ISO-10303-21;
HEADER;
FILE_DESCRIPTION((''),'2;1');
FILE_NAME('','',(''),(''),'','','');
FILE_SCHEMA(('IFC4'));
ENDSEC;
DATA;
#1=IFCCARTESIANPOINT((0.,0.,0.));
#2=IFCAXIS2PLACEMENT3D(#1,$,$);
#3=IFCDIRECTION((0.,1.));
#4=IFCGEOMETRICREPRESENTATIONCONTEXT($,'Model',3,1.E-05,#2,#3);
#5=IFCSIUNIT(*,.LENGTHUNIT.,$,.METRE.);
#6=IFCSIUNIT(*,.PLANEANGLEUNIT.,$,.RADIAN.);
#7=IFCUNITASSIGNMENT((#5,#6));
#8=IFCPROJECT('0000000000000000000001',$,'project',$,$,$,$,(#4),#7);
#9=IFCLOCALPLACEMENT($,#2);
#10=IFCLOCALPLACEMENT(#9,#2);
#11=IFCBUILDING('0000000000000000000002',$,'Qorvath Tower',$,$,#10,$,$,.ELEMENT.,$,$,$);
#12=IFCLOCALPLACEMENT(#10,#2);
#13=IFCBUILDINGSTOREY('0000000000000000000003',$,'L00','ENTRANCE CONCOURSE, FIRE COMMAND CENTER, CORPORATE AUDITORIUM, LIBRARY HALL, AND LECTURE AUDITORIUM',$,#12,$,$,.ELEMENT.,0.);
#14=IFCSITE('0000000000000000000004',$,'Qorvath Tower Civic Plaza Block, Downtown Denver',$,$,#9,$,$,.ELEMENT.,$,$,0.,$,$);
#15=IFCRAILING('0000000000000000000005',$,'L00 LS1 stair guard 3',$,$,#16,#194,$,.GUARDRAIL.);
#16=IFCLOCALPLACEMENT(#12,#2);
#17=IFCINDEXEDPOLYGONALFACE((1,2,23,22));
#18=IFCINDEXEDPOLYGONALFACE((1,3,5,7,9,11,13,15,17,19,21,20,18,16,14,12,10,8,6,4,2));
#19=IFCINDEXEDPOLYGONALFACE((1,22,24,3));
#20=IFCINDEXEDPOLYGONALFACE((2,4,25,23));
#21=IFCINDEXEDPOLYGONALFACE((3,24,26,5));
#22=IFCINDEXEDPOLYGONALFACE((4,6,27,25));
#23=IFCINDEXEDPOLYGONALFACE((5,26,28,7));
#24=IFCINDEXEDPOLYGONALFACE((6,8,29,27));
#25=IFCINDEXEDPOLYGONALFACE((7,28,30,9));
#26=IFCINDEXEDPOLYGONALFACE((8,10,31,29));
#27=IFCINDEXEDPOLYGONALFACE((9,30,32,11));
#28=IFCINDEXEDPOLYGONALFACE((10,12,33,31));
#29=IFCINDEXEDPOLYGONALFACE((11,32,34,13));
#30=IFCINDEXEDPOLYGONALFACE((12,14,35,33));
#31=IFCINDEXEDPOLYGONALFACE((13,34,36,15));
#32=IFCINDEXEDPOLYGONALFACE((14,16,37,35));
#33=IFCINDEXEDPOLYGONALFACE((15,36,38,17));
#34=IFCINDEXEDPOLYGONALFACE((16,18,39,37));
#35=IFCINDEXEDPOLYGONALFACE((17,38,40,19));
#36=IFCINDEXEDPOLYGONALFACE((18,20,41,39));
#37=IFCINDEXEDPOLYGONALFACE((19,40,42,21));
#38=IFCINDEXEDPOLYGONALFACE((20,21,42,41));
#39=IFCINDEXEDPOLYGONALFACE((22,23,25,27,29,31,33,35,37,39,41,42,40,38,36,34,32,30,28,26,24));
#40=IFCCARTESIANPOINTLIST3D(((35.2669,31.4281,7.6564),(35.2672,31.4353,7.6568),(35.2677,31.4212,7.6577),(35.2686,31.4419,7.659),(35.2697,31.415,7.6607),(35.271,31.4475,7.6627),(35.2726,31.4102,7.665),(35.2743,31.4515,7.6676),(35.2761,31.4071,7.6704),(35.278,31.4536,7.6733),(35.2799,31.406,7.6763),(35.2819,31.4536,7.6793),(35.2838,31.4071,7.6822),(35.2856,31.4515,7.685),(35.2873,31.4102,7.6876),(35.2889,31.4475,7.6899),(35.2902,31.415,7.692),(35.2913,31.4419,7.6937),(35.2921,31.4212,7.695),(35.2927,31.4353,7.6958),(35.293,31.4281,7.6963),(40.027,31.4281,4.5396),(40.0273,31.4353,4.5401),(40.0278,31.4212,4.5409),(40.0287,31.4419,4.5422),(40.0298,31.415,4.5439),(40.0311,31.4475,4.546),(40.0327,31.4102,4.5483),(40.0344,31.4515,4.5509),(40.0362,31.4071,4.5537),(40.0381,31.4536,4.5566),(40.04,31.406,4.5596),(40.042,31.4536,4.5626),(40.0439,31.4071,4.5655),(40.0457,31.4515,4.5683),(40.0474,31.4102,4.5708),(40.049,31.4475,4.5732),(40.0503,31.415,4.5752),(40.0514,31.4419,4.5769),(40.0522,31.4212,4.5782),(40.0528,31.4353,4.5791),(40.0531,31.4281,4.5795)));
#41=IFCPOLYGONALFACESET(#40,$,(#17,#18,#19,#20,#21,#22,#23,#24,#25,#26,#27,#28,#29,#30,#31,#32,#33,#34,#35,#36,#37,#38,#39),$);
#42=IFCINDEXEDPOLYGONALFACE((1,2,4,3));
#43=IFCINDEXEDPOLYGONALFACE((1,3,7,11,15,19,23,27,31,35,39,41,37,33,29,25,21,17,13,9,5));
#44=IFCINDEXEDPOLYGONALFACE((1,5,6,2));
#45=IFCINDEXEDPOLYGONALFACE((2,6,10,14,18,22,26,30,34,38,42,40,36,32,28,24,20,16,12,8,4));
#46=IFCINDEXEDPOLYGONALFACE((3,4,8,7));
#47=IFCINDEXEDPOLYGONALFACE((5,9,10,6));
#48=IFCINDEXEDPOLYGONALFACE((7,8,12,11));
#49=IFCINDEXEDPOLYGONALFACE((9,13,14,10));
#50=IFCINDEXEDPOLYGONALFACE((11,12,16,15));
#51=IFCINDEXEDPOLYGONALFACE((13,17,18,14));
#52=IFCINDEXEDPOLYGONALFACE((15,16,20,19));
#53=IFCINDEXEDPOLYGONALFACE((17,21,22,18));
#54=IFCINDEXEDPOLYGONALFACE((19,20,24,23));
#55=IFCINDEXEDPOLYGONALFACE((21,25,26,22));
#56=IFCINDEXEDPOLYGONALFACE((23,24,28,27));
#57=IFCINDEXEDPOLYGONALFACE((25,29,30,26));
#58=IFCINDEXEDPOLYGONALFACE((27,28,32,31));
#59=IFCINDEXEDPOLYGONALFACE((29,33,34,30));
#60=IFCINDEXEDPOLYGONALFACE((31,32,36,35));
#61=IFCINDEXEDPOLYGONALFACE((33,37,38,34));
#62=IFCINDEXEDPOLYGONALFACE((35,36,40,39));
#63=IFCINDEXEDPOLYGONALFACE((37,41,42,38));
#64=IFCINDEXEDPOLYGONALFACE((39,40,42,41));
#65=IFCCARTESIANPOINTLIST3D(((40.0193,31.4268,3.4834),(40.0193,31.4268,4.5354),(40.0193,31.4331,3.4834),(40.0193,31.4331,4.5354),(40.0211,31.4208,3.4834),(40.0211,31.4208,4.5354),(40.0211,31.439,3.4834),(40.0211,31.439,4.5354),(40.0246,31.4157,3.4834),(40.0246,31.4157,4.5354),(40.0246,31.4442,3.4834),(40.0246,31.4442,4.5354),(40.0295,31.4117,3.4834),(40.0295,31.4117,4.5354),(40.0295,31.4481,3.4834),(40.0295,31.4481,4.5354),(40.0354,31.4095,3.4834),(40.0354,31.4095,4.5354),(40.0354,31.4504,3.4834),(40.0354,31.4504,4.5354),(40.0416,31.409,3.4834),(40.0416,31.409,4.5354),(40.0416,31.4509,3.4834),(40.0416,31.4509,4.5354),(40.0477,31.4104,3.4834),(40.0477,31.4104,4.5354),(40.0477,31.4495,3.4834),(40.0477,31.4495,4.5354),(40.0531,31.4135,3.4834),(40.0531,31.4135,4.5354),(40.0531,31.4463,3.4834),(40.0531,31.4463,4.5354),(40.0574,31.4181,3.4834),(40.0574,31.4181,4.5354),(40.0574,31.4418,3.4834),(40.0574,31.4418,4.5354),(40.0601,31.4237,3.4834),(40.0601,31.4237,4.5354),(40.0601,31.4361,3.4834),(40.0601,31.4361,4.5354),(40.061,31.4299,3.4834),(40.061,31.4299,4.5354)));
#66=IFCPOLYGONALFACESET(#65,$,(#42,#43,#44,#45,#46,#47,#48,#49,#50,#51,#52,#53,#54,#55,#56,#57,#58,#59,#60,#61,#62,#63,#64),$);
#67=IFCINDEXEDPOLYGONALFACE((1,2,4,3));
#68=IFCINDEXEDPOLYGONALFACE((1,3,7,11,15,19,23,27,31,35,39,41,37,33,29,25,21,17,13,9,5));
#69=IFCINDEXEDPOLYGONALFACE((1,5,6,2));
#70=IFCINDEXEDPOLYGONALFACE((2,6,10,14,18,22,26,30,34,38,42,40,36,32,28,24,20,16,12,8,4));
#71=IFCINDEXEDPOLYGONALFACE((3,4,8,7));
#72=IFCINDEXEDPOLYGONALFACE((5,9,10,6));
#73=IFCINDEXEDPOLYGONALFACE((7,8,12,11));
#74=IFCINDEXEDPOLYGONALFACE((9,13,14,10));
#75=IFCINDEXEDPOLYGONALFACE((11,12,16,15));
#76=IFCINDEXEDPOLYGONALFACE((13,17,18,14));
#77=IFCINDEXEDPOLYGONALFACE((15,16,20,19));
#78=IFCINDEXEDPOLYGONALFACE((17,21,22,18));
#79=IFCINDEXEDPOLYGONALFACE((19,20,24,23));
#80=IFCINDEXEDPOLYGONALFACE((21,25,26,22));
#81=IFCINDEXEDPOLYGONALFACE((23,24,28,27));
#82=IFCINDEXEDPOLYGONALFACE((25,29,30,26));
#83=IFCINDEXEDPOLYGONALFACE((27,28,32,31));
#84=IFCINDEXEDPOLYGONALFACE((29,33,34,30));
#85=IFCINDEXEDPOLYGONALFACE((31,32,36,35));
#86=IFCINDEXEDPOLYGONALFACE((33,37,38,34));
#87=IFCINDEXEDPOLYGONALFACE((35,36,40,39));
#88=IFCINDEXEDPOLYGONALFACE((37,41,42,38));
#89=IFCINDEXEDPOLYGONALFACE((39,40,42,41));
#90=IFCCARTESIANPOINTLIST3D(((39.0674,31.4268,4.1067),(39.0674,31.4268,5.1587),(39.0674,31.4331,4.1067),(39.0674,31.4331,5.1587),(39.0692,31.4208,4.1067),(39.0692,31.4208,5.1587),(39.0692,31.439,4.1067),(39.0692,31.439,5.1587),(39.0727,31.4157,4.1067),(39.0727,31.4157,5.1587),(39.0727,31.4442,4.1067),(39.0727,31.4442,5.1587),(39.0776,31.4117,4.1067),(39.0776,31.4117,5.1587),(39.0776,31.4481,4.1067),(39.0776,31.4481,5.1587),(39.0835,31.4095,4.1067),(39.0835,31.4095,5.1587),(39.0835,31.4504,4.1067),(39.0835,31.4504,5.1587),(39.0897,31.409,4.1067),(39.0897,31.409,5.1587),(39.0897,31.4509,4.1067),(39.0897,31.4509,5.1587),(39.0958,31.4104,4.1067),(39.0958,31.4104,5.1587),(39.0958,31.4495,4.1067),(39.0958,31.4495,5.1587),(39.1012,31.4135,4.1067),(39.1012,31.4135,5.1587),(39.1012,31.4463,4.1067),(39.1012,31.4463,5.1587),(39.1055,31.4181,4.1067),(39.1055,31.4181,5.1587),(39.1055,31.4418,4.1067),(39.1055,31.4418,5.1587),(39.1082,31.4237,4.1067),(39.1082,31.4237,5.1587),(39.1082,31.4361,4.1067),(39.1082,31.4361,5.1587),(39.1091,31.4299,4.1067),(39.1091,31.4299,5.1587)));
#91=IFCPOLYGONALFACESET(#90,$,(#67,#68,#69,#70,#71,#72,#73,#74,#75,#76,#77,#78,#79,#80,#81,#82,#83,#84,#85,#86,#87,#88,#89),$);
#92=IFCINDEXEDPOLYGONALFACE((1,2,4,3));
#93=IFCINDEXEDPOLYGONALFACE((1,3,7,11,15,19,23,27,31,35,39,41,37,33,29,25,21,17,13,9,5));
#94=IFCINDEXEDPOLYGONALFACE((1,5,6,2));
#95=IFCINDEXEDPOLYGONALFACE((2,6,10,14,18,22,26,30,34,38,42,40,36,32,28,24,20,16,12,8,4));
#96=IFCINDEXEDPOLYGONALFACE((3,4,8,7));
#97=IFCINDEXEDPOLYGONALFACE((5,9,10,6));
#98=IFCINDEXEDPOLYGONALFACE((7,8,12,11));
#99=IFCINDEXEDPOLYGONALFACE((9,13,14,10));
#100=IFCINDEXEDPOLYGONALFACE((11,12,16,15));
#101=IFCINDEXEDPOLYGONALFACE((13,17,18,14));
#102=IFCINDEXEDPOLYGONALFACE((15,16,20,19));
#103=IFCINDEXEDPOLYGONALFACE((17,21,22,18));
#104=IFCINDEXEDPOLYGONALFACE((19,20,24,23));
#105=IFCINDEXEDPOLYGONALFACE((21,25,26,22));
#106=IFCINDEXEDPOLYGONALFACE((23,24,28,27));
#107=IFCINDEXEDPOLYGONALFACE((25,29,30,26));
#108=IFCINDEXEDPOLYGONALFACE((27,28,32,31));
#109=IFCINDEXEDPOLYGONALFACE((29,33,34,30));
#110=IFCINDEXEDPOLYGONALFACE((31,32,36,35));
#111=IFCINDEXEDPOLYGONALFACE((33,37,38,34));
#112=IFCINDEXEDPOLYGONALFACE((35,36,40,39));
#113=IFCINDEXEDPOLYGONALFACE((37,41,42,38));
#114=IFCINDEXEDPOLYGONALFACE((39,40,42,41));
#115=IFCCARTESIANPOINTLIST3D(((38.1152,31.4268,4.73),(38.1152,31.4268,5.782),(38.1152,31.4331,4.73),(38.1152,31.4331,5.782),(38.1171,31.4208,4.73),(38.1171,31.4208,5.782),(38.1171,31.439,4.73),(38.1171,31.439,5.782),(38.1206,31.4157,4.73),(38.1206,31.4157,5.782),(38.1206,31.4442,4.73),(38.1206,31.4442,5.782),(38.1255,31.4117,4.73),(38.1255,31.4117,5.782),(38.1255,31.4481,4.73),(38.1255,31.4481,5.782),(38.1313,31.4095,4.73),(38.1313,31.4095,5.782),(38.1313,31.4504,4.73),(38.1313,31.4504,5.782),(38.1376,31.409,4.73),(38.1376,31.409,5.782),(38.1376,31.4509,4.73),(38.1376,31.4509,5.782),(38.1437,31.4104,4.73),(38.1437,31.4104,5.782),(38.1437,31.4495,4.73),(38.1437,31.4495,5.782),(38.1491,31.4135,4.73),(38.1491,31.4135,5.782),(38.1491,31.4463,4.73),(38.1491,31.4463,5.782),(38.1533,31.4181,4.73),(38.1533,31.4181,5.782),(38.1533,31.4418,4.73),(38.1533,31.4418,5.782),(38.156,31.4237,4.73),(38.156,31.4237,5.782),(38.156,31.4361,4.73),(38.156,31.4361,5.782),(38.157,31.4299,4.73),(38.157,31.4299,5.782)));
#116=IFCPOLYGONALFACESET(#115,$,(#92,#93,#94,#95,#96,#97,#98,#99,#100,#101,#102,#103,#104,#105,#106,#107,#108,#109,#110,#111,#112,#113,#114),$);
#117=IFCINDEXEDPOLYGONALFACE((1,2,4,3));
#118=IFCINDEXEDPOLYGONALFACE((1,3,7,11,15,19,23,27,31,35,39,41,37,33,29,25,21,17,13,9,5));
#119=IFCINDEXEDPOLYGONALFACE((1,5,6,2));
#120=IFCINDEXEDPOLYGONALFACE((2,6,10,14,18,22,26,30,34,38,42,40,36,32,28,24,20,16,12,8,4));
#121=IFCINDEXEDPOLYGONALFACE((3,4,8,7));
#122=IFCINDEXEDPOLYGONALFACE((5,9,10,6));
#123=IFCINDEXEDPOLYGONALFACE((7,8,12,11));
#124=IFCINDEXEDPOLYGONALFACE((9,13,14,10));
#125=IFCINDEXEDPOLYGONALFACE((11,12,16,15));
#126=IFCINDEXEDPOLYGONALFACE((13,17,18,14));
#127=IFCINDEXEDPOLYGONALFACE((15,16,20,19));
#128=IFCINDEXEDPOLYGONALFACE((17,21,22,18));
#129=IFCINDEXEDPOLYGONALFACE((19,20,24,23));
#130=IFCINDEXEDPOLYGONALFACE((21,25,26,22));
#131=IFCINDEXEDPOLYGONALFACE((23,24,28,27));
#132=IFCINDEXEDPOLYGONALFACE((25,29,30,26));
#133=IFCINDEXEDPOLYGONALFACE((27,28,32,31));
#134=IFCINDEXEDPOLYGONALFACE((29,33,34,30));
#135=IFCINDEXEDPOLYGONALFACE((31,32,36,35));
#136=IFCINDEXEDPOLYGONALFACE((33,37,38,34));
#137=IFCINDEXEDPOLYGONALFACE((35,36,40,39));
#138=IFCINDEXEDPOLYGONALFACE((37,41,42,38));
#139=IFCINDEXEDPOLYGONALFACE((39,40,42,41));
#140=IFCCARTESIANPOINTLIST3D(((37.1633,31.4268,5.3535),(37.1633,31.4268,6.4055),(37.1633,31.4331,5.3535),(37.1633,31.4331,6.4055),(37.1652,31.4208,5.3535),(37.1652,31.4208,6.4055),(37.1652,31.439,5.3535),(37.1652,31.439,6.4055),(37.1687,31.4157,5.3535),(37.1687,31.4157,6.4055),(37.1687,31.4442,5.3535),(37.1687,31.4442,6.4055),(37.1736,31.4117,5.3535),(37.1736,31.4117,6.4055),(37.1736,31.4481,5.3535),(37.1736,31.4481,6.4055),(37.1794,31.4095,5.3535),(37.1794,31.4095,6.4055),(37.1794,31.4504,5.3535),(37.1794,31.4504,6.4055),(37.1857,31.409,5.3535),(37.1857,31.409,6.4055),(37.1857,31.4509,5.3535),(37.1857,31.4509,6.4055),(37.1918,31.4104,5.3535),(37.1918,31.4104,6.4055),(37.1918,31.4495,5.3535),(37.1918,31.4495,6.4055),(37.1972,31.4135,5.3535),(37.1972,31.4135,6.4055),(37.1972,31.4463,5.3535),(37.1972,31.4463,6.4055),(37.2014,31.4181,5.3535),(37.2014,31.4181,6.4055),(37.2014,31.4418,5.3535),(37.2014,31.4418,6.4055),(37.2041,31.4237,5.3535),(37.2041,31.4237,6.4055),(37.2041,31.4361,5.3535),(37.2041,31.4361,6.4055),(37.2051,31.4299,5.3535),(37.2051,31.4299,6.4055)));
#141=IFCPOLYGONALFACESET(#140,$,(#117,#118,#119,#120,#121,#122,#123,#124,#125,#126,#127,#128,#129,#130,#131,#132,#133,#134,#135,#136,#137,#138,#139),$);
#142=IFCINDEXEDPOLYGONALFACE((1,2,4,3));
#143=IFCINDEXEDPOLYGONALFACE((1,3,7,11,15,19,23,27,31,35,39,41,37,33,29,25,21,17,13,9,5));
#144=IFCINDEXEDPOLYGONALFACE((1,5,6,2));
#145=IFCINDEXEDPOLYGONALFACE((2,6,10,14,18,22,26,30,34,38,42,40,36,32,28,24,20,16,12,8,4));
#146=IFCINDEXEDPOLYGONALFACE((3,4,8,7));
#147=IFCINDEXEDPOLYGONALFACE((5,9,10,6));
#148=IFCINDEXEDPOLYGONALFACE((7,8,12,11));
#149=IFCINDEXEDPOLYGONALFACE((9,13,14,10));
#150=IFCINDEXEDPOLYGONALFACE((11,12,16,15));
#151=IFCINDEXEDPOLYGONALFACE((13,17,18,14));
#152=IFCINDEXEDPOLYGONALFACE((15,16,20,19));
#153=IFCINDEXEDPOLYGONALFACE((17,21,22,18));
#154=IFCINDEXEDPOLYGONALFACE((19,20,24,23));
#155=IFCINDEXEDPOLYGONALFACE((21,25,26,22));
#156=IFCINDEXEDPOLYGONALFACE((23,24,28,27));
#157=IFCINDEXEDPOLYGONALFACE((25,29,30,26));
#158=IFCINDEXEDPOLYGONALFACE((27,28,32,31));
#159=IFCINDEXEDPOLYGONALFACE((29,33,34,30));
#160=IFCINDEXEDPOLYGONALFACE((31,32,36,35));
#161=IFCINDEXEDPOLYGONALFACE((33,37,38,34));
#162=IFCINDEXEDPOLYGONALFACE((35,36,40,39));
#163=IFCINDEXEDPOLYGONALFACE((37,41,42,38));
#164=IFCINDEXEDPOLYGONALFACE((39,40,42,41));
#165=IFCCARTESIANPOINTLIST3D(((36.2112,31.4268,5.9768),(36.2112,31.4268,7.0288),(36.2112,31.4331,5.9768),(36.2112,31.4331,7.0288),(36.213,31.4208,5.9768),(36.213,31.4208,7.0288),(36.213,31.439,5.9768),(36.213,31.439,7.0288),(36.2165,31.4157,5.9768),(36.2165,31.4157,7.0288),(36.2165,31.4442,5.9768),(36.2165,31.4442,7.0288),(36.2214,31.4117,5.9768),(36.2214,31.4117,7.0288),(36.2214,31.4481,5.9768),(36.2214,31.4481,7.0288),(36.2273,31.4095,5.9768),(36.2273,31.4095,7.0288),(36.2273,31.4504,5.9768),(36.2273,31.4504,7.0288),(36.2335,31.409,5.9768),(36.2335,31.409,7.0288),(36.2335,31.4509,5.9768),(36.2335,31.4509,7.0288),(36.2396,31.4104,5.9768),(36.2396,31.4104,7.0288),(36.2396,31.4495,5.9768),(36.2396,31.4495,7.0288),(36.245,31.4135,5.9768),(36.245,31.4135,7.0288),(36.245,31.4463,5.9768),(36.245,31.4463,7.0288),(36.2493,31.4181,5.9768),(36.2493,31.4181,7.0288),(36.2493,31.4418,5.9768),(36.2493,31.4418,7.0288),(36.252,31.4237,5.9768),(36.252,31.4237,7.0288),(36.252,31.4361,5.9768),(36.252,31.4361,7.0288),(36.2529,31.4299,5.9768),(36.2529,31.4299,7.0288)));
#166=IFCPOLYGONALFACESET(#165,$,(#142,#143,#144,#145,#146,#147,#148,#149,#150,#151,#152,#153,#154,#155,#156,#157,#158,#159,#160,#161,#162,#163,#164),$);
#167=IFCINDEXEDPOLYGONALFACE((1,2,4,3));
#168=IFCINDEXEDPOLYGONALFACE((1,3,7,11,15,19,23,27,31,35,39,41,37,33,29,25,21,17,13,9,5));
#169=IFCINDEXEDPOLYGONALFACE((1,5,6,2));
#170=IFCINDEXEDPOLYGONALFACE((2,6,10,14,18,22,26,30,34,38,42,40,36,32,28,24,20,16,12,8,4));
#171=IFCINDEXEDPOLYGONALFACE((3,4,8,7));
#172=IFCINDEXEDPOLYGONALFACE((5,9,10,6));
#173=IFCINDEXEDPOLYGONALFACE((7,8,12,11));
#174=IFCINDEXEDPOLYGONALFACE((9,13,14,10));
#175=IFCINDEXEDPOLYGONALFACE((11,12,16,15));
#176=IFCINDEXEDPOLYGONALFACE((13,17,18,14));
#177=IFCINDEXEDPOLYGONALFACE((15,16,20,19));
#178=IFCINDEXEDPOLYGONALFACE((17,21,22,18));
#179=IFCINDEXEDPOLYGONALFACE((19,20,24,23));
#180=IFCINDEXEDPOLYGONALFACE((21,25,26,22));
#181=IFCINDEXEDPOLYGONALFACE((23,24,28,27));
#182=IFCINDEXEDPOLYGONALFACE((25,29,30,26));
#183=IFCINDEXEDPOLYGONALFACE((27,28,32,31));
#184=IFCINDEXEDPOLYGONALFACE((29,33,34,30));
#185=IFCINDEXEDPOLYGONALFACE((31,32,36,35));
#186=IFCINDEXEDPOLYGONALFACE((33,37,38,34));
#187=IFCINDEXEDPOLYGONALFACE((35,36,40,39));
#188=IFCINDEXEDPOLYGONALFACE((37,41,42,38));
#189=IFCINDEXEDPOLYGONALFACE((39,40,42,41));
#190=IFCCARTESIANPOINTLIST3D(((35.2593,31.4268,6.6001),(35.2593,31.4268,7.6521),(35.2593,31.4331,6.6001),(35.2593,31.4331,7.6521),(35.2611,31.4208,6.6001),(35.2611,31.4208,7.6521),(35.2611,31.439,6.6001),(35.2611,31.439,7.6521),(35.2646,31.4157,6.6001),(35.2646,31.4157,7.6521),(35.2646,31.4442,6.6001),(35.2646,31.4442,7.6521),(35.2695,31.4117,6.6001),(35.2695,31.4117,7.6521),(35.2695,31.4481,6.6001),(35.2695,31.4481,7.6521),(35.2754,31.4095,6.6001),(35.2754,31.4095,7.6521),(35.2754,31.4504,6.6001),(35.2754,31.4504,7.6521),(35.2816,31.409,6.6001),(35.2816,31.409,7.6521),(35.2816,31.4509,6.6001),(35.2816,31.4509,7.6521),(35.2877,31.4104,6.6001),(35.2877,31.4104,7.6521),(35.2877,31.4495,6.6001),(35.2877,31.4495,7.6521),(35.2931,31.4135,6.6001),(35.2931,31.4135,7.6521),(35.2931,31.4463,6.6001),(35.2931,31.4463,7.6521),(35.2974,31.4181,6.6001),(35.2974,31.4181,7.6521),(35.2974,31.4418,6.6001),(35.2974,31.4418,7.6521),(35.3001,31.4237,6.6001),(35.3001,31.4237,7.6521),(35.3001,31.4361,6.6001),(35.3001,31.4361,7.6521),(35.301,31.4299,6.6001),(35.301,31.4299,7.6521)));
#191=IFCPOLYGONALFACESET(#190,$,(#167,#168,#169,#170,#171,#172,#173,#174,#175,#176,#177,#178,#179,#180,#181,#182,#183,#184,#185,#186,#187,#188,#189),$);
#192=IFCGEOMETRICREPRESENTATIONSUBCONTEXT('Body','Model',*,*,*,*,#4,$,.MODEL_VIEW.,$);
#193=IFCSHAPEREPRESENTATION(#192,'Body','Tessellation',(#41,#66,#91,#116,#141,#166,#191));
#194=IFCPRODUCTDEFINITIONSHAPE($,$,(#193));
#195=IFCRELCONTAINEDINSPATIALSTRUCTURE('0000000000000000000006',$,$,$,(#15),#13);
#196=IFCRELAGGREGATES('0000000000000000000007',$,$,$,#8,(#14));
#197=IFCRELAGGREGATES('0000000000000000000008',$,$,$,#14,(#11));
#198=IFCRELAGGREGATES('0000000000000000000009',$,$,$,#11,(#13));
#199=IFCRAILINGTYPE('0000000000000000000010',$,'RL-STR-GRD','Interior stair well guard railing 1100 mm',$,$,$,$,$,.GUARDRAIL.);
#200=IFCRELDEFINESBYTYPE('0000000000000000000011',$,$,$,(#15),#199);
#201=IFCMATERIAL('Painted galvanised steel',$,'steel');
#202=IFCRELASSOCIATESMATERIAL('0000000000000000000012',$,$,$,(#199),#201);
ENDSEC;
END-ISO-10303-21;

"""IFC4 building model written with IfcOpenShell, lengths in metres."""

from ifc_helpers import new_model, si_unit, direction, frame, origin, origin_2d, place, context, subcontext, project, spatial, circle, extrude, material, type_object, element, save


model = new_model("IFC4")

# Units and contexts
model_context = context("Model", 3, precision=1e-05, world=origin(), true_north=direction((0.0, 1.0)))
body_context = subcontext(model_context, "Body", "Model", "MODEL_VIEW")
ifc_project = project(units=[si_unit("LENGTHUNIT", "METRE"), si_unit("PLANEANGLEUNIT", "RADIAN")], contexts=[model_context])

# Site, building, storey
site_placement = place(None, origin())
site = spatial("IfcSite", under=ifc_project, at=site_placement, Name="Qorvath Tower Civic Plaza Block, Downtown Denver", CompositionType="ELEMENT", RefElevation=0.0)
building_placement = place(site_placement, origin())
building = spatial("IfcBuilding", under=site, at=building_placement, Name="Qorvath Tower", CompositionType="ELEMENT")
storey_placement = place(building_placement, origin())
storey = spatial("IfcBuildingStorey", under=building, at=storey_placement, Name="L00", Description="ENTRANCE CONCOURSE, FIRE COMMAND CENTER, CORPORATE AUDITORIUM, LIBRARY HALL, AND LECTURE AUDITORIUM", CompositionType="ELEMENT", Elevation=0.0)

# Railing
ifc_material_1 = material(Name="Painted galvanised steel", Category="steel")
railing_type_1 = type_object("IfcRailingType", Name="RL-STR-GRD", Description="Interior stair well guard railing 1100 mm", PredefinedType="GUARDRAIL", material=ifc_material_1)
railing_1_placement = place(storey_placement, frame((40.04, 31.4299, 3.4834)))
element("IfcRailing", 1, at=railing_1_placement, inside=storey, type_object=railing_type_1, Name="L00 LS1 stair guard 3", PredefinedType="GUARDRAIL", context=body_context, shape_type="SweptSolid", body=[
    extrude(circle(Radius=0.0239, at=origin_2d()), frame((0.0, 0.0, 1.0762), z_axis=(-0.836616, 0.0, 0.547789), x_axis=(0.0, -1.0, 0.0)), (0.0, 0.0, 1.0), 5.6897),
    extrude(circle(Radius=0.021, at=origin_2d()), origin(), (0.0, 0.0, 1.0), 1.052),
    extrude(circle(Radius=0.021, at=origin_2d()), frame((-0.9519, 0.0, 0.6233)), (0.0, 0.0, 1.0), 1.052),
    extrude(circle(Radius=0.021, at=origin_2d()), frame((-1.9041, 0.0, 1.2466)), (0.0, 0.0, 1.0), 1.052),
    extrude(circle(Radius=0.021, at=origin_2d()), frame((-2.856, 0.0, 1.8701)), (0.0, 0.0, 1.0), 1.052),
    extrude(circle(Radius=0.021, at=origin_2d()), frame((-3.8081, 0.0, 2.4934)), (0.0, 0.0, 1.0), 1.052),
    extrude(circle(Radius=0.021, at=origin_2d()), frame((-4.76, 0.0, 3.1167)), (0.0, 0.0, 1.0), 1.052),
])

save(model, "model.ifc")
